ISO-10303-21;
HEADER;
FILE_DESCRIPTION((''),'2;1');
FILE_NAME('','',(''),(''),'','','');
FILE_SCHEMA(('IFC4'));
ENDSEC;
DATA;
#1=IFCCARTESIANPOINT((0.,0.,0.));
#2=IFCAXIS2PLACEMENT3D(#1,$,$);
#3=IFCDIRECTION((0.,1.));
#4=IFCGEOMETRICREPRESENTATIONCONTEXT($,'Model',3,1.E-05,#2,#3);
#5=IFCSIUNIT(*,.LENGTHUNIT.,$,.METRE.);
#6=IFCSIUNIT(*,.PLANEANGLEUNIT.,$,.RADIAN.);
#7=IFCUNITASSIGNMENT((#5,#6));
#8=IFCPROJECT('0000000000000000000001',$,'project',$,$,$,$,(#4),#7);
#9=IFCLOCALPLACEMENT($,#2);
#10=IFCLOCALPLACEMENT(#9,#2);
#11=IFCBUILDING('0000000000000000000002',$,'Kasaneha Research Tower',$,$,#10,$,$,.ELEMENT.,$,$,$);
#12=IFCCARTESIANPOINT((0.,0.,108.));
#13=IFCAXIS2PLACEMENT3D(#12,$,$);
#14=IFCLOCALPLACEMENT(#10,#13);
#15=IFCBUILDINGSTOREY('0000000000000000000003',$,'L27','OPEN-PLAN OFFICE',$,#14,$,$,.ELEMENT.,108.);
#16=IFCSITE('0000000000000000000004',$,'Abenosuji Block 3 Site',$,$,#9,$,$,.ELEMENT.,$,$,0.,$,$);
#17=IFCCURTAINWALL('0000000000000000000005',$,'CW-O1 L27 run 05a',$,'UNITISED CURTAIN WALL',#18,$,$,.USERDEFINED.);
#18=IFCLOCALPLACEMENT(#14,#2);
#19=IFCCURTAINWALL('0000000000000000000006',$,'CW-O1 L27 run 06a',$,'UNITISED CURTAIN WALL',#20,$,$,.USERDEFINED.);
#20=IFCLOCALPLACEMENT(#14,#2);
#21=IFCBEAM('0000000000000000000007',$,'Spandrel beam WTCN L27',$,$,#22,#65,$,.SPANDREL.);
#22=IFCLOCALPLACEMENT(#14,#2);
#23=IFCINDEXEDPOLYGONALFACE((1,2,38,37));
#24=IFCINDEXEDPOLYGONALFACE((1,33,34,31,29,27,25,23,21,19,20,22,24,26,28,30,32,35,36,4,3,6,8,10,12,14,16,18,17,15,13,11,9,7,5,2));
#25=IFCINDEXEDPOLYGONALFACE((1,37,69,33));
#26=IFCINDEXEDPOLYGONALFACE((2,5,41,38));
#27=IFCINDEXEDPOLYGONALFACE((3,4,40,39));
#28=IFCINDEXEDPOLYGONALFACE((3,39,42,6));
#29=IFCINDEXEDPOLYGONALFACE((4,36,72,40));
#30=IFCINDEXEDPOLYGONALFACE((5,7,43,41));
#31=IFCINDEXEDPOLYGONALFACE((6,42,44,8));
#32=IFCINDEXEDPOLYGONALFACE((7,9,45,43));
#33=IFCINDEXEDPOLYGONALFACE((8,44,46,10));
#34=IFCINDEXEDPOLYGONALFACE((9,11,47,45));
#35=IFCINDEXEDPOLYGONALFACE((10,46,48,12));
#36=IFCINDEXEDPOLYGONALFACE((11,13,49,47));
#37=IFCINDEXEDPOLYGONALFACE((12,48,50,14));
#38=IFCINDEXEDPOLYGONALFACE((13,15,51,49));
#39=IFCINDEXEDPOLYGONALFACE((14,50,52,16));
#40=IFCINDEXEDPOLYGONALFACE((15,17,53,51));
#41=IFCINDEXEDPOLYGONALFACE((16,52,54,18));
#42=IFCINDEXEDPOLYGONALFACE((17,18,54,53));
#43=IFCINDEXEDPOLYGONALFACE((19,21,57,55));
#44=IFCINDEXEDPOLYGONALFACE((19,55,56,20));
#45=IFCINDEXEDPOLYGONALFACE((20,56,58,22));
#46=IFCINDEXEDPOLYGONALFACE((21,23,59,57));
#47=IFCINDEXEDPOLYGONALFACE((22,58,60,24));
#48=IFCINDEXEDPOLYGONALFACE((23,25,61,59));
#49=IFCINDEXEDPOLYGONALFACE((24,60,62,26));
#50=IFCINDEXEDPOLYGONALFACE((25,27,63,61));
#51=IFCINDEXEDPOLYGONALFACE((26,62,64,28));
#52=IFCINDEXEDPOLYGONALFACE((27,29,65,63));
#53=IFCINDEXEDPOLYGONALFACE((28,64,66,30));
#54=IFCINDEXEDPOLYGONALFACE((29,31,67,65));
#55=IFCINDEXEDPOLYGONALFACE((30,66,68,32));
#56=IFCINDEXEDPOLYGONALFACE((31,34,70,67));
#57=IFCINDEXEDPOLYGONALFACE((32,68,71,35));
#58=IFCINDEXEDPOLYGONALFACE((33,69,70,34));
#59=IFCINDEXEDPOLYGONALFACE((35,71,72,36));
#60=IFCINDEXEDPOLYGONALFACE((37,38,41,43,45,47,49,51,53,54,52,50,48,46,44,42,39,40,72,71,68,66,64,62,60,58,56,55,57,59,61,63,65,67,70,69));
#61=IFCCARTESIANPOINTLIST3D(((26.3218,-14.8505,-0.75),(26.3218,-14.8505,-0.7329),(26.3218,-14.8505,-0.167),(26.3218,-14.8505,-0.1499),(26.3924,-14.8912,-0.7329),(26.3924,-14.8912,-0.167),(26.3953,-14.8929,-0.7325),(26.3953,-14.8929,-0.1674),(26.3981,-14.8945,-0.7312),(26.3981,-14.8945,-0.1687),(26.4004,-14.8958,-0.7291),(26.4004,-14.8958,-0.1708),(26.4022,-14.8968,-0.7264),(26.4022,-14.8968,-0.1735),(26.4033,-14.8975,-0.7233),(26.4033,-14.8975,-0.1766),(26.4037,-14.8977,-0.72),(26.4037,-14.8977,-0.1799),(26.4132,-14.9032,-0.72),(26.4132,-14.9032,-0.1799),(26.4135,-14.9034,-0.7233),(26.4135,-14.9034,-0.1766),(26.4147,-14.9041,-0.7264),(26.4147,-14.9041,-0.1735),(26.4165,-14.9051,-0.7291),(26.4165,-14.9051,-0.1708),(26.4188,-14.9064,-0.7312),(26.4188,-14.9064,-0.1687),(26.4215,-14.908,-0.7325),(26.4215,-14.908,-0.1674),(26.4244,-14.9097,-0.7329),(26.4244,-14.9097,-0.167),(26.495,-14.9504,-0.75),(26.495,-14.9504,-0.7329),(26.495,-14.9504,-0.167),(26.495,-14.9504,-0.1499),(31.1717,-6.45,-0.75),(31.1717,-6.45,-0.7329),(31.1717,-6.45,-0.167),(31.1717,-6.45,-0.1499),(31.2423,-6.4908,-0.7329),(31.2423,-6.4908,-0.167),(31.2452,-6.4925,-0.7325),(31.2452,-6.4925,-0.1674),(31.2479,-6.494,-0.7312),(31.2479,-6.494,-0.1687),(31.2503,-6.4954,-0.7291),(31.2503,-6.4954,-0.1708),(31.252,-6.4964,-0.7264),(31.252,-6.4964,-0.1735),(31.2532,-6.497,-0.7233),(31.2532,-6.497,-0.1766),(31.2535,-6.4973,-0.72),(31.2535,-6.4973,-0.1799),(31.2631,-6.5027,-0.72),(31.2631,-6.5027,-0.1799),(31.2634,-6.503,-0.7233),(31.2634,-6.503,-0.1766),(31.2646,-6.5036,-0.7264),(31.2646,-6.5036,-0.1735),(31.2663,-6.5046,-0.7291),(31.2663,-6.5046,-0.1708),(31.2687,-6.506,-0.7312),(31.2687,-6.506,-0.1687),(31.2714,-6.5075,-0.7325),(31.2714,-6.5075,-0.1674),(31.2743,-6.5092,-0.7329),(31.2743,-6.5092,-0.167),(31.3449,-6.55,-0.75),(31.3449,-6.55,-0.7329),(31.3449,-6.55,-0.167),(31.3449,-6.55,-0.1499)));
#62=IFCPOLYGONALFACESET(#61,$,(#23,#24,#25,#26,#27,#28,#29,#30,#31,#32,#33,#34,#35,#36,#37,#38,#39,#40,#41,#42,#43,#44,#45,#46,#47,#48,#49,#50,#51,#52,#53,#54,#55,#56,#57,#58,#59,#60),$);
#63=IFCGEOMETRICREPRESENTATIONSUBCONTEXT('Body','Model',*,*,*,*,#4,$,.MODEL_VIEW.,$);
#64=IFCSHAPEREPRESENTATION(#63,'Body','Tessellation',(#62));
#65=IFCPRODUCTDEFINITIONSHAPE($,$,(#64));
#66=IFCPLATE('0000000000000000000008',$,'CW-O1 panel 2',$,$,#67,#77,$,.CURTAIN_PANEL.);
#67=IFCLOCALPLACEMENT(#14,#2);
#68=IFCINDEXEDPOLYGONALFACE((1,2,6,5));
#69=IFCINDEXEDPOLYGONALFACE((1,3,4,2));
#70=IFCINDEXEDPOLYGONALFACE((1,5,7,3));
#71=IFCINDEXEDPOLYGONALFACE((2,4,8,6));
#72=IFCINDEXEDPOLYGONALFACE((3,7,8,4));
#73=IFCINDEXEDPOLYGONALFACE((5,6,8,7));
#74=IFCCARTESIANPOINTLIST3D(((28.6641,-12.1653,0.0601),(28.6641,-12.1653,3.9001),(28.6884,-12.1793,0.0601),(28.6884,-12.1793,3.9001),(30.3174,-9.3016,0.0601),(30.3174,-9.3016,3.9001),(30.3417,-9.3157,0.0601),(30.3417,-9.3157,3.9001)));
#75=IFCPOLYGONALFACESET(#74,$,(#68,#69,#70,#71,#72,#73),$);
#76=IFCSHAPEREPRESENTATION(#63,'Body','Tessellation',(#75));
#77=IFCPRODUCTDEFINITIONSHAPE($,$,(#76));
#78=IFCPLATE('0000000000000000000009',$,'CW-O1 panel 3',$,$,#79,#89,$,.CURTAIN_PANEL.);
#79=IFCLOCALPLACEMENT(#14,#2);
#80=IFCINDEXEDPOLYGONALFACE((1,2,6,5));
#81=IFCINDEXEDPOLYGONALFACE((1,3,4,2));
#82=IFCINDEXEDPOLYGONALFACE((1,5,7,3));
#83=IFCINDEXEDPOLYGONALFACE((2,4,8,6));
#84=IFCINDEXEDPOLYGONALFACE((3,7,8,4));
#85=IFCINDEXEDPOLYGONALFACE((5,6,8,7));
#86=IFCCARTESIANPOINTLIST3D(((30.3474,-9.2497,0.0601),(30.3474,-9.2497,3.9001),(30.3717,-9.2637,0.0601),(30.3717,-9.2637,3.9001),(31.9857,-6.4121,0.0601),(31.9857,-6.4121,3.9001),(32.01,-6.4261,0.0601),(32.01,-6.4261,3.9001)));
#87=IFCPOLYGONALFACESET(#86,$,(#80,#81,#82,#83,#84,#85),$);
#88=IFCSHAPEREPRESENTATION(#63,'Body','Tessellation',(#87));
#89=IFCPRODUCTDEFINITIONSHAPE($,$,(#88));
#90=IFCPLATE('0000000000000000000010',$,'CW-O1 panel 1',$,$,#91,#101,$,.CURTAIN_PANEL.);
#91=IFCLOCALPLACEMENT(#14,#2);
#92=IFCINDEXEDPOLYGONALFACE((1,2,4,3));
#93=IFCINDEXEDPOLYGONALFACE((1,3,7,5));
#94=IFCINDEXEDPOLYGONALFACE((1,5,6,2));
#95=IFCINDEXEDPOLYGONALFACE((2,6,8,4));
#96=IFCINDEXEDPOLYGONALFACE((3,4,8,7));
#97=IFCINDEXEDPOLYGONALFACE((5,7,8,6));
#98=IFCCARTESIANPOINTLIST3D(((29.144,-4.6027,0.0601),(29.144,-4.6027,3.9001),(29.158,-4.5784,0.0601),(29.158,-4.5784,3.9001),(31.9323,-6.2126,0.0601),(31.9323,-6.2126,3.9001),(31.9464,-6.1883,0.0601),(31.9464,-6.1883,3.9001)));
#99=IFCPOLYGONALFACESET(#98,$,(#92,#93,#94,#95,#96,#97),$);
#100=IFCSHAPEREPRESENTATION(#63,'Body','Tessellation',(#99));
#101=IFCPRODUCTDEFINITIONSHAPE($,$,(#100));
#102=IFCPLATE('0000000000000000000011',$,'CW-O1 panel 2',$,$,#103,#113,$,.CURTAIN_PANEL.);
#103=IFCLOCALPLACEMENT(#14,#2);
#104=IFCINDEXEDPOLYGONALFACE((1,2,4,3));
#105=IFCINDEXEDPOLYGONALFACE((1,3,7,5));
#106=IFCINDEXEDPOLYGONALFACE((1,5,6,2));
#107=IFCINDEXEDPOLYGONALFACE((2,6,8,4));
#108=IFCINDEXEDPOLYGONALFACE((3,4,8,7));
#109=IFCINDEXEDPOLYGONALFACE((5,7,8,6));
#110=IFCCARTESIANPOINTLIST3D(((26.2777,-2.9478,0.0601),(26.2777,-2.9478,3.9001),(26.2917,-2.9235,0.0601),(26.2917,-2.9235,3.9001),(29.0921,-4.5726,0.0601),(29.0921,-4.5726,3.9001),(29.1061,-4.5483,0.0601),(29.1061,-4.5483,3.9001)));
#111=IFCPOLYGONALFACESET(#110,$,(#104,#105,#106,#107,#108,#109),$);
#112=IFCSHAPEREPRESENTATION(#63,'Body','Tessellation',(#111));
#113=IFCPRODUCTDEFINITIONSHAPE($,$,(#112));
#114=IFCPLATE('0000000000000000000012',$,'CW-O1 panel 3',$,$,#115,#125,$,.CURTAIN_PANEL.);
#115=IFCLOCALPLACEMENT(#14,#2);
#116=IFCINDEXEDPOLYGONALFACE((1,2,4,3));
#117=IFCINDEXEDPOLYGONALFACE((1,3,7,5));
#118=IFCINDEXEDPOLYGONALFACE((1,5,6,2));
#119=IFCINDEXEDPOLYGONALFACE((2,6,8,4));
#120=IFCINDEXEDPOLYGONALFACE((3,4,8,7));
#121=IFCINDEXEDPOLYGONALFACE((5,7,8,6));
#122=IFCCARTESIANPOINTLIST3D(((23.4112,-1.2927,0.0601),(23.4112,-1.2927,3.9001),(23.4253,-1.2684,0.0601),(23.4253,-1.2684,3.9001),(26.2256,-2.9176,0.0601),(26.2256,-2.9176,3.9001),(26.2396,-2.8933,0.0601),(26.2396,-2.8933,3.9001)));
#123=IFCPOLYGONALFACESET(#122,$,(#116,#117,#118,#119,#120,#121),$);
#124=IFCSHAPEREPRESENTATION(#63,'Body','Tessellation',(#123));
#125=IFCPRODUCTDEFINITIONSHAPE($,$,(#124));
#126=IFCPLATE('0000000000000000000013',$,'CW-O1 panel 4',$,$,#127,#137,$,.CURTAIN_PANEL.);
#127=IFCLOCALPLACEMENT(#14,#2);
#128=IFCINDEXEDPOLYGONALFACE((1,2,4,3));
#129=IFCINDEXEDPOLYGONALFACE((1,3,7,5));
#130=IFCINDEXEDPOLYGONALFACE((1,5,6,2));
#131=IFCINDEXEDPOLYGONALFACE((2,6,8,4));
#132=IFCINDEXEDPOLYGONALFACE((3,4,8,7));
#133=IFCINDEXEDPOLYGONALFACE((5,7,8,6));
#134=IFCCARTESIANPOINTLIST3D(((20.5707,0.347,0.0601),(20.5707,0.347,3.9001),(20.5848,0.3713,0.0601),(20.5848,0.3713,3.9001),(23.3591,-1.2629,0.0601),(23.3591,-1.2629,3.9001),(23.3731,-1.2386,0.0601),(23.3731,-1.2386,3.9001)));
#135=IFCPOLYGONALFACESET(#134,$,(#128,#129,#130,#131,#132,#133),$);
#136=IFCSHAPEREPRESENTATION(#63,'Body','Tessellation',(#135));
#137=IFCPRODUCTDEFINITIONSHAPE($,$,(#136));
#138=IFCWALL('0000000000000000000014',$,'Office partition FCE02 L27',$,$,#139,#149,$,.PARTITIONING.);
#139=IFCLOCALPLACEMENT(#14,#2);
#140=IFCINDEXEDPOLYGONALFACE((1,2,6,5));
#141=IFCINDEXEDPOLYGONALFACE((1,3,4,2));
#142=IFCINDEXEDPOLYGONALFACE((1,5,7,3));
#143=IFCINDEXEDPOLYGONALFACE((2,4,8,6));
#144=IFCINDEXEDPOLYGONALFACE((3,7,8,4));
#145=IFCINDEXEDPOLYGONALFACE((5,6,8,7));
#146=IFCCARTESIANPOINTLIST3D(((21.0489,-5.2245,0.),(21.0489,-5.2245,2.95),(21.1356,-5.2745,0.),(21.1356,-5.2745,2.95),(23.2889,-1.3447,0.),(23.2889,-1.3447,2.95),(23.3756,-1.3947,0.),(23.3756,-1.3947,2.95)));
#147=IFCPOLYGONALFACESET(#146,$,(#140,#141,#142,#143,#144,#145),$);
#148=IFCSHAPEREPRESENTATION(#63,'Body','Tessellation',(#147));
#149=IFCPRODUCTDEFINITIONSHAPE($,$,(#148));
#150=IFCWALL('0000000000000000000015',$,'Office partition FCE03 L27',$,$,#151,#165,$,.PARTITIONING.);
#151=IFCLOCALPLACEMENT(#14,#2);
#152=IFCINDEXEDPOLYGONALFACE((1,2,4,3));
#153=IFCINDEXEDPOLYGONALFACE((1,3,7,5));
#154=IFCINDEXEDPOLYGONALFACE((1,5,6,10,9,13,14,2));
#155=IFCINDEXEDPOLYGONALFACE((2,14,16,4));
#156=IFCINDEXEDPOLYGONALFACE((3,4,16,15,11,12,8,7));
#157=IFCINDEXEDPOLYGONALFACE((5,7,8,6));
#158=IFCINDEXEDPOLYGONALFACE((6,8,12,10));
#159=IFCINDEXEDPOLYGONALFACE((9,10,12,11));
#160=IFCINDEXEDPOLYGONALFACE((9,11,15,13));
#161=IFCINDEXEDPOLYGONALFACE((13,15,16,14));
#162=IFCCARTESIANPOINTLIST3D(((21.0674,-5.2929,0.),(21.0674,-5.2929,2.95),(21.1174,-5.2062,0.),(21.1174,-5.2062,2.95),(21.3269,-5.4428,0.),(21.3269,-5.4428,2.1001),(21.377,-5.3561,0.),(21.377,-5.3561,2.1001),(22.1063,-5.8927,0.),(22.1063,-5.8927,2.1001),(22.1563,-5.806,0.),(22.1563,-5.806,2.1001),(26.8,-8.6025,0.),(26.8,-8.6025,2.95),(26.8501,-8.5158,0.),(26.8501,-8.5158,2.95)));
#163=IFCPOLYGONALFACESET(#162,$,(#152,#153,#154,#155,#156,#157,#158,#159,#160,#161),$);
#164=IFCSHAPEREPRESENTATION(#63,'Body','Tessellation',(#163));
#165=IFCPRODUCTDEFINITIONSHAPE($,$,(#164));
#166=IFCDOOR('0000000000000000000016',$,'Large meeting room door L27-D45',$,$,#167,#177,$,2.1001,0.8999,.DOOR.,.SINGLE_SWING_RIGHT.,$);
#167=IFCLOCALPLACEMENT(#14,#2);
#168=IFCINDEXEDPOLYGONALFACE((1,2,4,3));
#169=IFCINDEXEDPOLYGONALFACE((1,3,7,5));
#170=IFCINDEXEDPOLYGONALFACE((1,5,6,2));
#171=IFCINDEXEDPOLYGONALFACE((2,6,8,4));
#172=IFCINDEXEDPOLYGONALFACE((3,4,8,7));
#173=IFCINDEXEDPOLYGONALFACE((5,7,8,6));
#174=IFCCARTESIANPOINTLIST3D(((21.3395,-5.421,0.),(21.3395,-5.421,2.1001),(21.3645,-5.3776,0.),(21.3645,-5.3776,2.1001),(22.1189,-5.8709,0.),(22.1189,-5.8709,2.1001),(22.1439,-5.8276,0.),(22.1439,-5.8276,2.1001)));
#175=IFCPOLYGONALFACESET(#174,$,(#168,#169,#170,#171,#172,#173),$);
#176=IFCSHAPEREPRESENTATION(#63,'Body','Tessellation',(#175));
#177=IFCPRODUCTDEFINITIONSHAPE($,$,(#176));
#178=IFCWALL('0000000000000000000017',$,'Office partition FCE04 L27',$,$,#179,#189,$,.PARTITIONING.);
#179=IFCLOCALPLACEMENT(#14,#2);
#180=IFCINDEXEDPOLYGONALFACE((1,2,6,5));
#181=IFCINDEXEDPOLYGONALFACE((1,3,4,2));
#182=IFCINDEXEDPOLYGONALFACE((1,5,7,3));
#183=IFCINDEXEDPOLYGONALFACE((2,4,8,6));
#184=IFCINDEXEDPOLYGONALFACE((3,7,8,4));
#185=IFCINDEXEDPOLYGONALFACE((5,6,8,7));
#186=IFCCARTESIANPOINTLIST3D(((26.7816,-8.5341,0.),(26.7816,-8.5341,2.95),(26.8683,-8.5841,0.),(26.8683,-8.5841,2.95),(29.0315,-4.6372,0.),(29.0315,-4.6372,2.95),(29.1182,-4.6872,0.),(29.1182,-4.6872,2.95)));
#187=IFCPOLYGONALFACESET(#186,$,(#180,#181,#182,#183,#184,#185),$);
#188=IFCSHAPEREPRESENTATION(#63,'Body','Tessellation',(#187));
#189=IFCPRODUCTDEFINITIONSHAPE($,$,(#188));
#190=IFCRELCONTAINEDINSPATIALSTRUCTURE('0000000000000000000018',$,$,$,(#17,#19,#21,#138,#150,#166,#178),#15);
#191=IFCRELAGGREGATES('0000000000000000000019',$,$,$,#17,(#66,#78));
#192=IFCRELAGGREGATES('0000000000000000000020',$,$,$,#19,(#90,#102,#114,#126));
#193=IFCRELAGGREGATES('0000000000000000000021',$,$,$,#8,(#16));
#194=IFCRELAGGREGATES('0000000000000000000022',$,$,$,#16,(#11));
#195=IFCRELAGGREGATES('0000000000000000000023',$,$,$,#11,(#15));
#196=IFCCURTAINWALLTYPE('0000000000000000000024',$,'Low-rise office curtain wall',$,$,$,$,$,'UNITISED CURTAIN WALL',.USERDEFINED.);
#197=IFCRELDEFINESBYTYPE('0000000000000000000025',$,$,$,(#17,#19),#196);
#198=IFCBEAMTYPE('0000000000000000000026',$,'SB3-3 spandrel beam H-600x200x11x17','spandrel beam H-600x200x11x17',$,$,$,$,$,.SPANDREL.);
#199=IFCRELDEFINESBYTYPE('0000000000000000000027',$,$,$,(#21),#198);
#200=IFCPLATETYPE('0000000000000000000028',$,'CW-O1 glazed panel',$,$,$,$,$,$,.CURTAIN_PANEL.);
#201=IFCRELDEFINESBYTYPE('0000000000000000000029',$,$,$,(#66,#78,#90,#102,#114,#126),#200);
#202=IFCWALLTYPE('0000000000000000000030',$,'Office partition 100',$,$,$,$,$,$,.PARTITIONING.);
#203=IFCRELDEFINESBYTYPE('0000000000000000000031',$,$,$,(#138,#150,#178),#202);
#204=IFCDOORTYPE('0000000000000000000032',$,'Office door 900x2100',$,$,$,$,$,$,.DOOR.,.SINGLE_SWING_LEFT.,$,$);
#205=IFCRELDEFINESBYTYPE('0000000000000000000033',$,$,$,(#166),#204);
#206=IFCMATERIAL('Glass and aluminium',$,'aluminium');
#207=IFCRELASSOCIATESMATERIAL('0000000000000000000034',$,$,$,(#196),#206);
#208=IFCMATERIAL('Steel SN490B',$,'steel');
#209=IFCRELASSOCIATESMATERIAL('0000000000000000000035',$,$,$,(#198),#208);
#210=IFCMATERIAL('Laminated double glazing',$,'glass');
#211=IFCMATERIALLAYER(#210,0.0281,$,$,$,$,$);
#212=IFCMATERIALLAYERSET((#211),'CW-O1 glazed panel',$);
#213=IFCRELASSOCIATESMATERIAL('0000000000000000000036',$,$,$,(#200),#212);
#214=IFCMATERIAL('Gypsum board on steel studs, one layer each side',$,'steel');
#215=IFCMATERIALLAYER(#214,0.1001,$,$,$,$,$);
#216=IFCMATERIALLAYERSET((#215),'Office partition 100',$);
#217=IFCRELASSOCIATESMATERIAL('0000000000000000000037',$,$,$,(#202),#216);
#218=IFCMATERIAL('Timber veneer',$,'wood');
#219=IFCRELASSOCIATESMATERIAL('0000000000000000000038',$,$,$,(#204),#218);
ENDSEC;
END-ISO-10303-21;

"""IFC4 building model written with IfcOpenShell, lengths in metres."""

from ifc_helpers import new_model, si_unit, direction, frame, frame_2d, origin, origin_2d, place, context, subcontext, project, spatial, rectangle, i_section, extrude, material, layer, layer_set, material_profile, profile_set, type_object, element, fill, aggregate, save


model = new_model("IFC4")

# Units and contexts
model_context = context("Model", 3, precision=1e-05, world=origin(), true_north=direction((0.0, 1.0)))
body_context = subcontext(model_context, "Body", "Model", "MODEL_VIEW")
ifc_project = project(units=[si_unit("LENGTHUNIT", "METRE"), si_unit("PLANEANGLEUNIT", "RADIAN")], contexts=[model_context])

# Site, building, storey
site_placement = place(None, origin())
site = spatial("IfcSite", under=ifc_project, at=site_placement, Name="Abenosuji Block 3 Site", CompositionType="ELEMENT", RefElevation=0.0)
building_placement = place(site_placement, origin())
building = spatial("IfcBuilding", under=site, at=building_placement, Name="Kasaneha Research Tower", CompositionType="ELEMENT")
storey_placement = place(building_placement, frame((0.0, 0.0, 108.0)))
storey = spatial("IfcBuildingStorey", under=building, at=storey_placement, Name="L27", Description="OPEN-PLAN OFFICE", CompositionType="ELEMENT", Elevation=108.0)

# Curtain walls
ifc_material_1 = material(Name="Glass and aluminium", Category="aluminium")
curtain_wall_type = type_object("IfcCurtainWallType", Name="Low-rise office curtain wall", ElementType="UNITISED CURTAIN WALL", PredefinedType="USERDEFINED", material=ifc_material_1)
curtain_wall_1_placement = place(storey_placement, origin())
curtain_wall_1 = element("IfcCurtainWall", 1, at=curtain_wall_1_placement, inside=storey, type_object=curtain_wall_type, Name="CW-O1 L27 run 05a", ObjectType="UNITISED CURTAIN WALL", PredefinedType="USERDEFINED")
curtain_wall_2_placement = place(storey_placement, origin())
curtain_wall_2 = element("IfcCurtainWall", 2, at=curtain_wall_2_placement, inside=storey, type_object=curtain_wall_type, Name="CW-O1 L27 run 06a", ObjectType="UNITISED CURTAIN WALL", PredefinedType="USERDEFINED")

# Beam
ifc_material_2 = material(Name="Steel SN490B", Category="steel")
ifc_material_profile_1 = material_profile(ifc_material_2, i_section(OverallWidth=0.2, OverallDepth=0.6001, WebThickness=0.011, FlangeThickness=0.0171, FilletRadius=0.0129, at=origin_2d()), Name="H-600x200x11x17")
ifc_profile_set_1 = profile_set([ifc_material_profile_1], Name="Steel SN490B")
beam_type_1 = type_object("IfcBeamType", Name="SB3-3 spandrel beam H-600x200x11x17", Description="spandrel beam H-600x200x11x17", PredefinedType="SPANDREL", material=ifc_profile_set_1)
beam_1_placement = place(storey_placement, frame((31.2583, -6.5, -0.45), z_axis=(-0.499991, -0.866031, 0.0), x_axis=(0.866031, -0.499991, 0.0)))
element("IfcBeam", 3, at=beam_1_placement, inside=storey, type_object=beam_type_1, Name="Spandrel beam WTCN L27", PredefinedType="SPANDREL", context=body_context, shape_type="SweptSolid", body=[
    extrude(i_section(OverallWidth=0.2, OverallDepth=0.6001, WebThickness=0.011, FlangeThickness=0.0171, FilletRadius=0.0129, at=origin_2d()), origin(), (0.0, 0.0, 1.0), 9.7),
])

# Plates
ifc_material_3 = material(Name="Laminated double glazing", Category="glass")
ifc_layer_1 = layer(ifc_material_3, 0.0281)
ifc_layer_set_1 = layer_set([ifc_layer_1], Name="CW-O1 glazed panel")
plate_type = type_object("IfcPlateType", Name="CW-O1 glazed panel", PredefinedType="CURTAIN_PANEL", material=ifc_layer_set_1)
plate_1_placement = place(storey_placement, frame((29.5029, -10.7405, 0.0601), z_axis=(0.0, 0.0, 1.0), x_axis=(0.5, 0.866025, 0.0)))
plate_1 = element("IfcPlate", 4, at=plate_1_placement, type_object=plate_type, Name="CW-O1 panel 2", PredefinedType="CURTAIN_PANEL", context=body_context, shape_type="SweptSolid", body=[
    extrude(rectangle(XDim=3.3066, YDim=0.0281, at=origin_2d()), origin(), (0.0, 0.0, 1.0), 3.8401),
])
plate_2_placement = place(storey_placement, frame((31.1787, -7.8379, 0.0601), z_axis=(0.0, 0.0, 1.0), x_axis=(0.5, 0.866025, 0.0)))
plate_2 = element("IfcPlate", 5, at=plate_2_placement, type_object=plate_type, Name="CW-O1 panel 3", PredefinedType="CURTAIN_PANEL", context=body_context, shape_type="SweptSolid", body=[
    extrude(rectangle(XDim=3.2766, YDim=0.0281, at=origin_2d()), origin(), (0.0, 0.0, 1.0), 3.8401),
])
aggregate(curtain_wall_1, [plate_1, plate_2])
plate_3_placement = place(storey_placement, frame((30.5452, -5.3955, 0.0601), z_axis=(0.0, 0.0, 1.0), x_axis=(-0.866025, 0.5, 0.0)))
plate_3 = element("IfcPlate", 6, at=plate_3_placement, type_object=plate_type, Name="CW-O1 panel 1", PredefinedType="CURTAIN_PANEL", context=body_context, shape_type="SweptSolid", body=[
    extrude(rectangle(XDim=3.2197, YDim=0.0281, at=origin_2d()), origin(), (0.0, 0.0, 1.0), 3.8401),
])
plate_4_placement = place(storey_placement, frame((27.6919, -3.748, 0.0601), z_axis=(0.0, 0.0, 1.0), x_axis=(-0.866025, 0.5, 0.0)))
plate_4 = element("IfcPlate", 7, at=plate_4_placement, type_object=plate_type, Name="CW-O1 panel 2", PredefinedType="CURTAIN_PANEL", context=body_context, shape_type="SweptSolid", body=[
    extrude(rectangle(XDim=3.2498, YDim=0.0281, at=origin_2d()), origin(), (0.0, 0.0, 1.0), 3.8401),
])
plate_5_placement = place(storey_placement, frame((24.8254, -2.093, 0.0601), z_axis=(0.0, 0.0, 1.0), x_axis=(-0.866025, 0.5, 0.0)))
plate_5 = element("IfcPlate", 8, at=plate_5_placement, type_object=plate_type, Name="CW-O1 panel 3", PredefinedType="CURTAIN_PANEL", context=body_context, shape_type="SweptSolid", body=[
    extrude(rectangle(XDim=3.2498, YDim=0.0281, at=origin_2d()), origin(), (0.0, 0.0, 1.0), 3.8401),
])
plate_6_placement = place(storey_placement, frame((21.9719, -0.4458, 0.0601), z_axis=(0.0, 0.0, 1.0), x_axis=(-0.866025, 0.5, 0.0)))
plate_6 = element("IfcPlate", 9, at=plate_6_placement, type_object=plate_type, Name="CW-O1 panel 4", PredefinedType="CURTAIN_PANEL", context=body_context, shape_type="SweptSolid", body=[
    extrude(rectangle(XDim=3.2197, YDim=0.0281, at=origin_2d()), origin(), (0.0, 0.0, 1.0), 3.8401),
])
aggregate(curtain_wall_2, [plate_3, plate_4, plate_5, plate_6])

# Wall
ifc_material_4 = material(Name="Gypsum board on steel studs, one layer each side", Category="steel")
ifc_layer_2 = layer(ifc_material_4, 0.1001)
ifc_layer_set_2 = layer_set([ifc_layer_2], Name="Office partition 100")
wall_type = type_object("IfcWallType", Name="Office partition 100", PredefinedType="PARTITIONING", material=ifc_layer_set_2)
wall_1_placement = place(storey_placement, frame((21.0923, -5.2495, 0.0), z_axis=(0.0, 0.0, 1.0), x_axis=(0.49999, 0.866031, 0.0)))
element("IfcWall", 10, at=wall_1_placement, inside=storey, type_object=wall_type, Name="Office partition FCE02 L27", PredefinedType="PARTITIONING", context=body_context, shape_type="SweptSolid", body=[
    extrude(rectangle(XDim=4.48, YDim=0.1001, at=frame_2d((2.24, 0.0))), origin(), (0.0, 0.0, 1.0), 2.95),
])

# Wall, opening, door
wall_2_placement = place(storey_placement, frame((26.825, -8.5591, 0.0), z_axis=(0.0, 0.0, 1.0), x_axis=(-0.866038, 0.499979, 0.0)))
wall_2 = element("IfcWall", 11, at=wall_2_placement, inside=storey, type_object=wall_type, Name="Office partition FCE03 L27", PredefinedType="PARTITIONING", context=body_context, shape_type="SweptSolid", body=[
    extrude(rectangle(XDim=6.6194, YDim=0.1001, at=frame_2d((3.3096, 0.0))), origin(), (0.0, 0.0, 1.0), 2.95),
])
opening_placement = place(wall_2_placement, frame((5.4197, 0.0, 0.0)))
opening = element("IfcOpeningElement", 12, at=opening_placement, cuts=wall_2, PredefinedType="OPENING", context=body_context, shape_type="SweptSolid", body=[
    extrude(rectangle(XDim=0.8999, YDim=2.1001, at=frame_2d((0.45, 1.05))), frame((0.0, 0.0601, 0.0), z_axis=(0.0, -1.0, 0.0), x_axis=(1.0, 0.0, 0.0)), (0.0, 0.0, 1.0), 0.1201),
])
ifc_material_5 = material(Name="Timber veneer", Category="wood")
door_type = type_object("IfcDoorType", Name="Office door 900x2100", OperationType="SINGLE_SWING_LEFT", PredefinedType="DOOR", material=ifc_material_5)
door_placement = place(opening_placement, origin())
door = element("IfcDoor", 13, at=door_placement, inside=storey, type_object=door_type, Name="Large meeting room door L27-D45", OperationType="SINGLE_SWING_RIGHT", OverallHeight=2.1001, OverallWidth=0.8999, PredefinedType="DOOR", context=body_context, shape_type="SweptSolid", body=[
    extrude(rectangle(XDim=0.8999, YDim=2.1001, at=frame_2d((0.45, 1.05))), frame((0.0, 0.0249, 0.0), z_axis=(0.0, -1.0, 0.0), x_axis=(1.0, 0.0, 0.0)), (0.0, 0.0, 1.0), 0.05),
])
fill(opening, door)

# Wall
wall_3_placement = place(storey_placement, frame((29.075, -4.6621, 0.0), z_axis=(0.0, 0.0, 1.0), x_axis=(-0.500014, -0.866018, 0.0)))
element("IfcWall", 14, at=wall_3_placement, inside=storey, type_object=wall_type, Name="Office partition FCE04 L27", PredefinedType="PARTITIONING", context=body_context, shape_type="SweptSolid", body=[
    extrude(rectangle(XDim=4.4998, YDim=0.1001, at=frame_2d((2.25, 0.0))), origin(), (0.0, 0.0, 1.0), 2.95),
])

save(model, "model.ifc")
